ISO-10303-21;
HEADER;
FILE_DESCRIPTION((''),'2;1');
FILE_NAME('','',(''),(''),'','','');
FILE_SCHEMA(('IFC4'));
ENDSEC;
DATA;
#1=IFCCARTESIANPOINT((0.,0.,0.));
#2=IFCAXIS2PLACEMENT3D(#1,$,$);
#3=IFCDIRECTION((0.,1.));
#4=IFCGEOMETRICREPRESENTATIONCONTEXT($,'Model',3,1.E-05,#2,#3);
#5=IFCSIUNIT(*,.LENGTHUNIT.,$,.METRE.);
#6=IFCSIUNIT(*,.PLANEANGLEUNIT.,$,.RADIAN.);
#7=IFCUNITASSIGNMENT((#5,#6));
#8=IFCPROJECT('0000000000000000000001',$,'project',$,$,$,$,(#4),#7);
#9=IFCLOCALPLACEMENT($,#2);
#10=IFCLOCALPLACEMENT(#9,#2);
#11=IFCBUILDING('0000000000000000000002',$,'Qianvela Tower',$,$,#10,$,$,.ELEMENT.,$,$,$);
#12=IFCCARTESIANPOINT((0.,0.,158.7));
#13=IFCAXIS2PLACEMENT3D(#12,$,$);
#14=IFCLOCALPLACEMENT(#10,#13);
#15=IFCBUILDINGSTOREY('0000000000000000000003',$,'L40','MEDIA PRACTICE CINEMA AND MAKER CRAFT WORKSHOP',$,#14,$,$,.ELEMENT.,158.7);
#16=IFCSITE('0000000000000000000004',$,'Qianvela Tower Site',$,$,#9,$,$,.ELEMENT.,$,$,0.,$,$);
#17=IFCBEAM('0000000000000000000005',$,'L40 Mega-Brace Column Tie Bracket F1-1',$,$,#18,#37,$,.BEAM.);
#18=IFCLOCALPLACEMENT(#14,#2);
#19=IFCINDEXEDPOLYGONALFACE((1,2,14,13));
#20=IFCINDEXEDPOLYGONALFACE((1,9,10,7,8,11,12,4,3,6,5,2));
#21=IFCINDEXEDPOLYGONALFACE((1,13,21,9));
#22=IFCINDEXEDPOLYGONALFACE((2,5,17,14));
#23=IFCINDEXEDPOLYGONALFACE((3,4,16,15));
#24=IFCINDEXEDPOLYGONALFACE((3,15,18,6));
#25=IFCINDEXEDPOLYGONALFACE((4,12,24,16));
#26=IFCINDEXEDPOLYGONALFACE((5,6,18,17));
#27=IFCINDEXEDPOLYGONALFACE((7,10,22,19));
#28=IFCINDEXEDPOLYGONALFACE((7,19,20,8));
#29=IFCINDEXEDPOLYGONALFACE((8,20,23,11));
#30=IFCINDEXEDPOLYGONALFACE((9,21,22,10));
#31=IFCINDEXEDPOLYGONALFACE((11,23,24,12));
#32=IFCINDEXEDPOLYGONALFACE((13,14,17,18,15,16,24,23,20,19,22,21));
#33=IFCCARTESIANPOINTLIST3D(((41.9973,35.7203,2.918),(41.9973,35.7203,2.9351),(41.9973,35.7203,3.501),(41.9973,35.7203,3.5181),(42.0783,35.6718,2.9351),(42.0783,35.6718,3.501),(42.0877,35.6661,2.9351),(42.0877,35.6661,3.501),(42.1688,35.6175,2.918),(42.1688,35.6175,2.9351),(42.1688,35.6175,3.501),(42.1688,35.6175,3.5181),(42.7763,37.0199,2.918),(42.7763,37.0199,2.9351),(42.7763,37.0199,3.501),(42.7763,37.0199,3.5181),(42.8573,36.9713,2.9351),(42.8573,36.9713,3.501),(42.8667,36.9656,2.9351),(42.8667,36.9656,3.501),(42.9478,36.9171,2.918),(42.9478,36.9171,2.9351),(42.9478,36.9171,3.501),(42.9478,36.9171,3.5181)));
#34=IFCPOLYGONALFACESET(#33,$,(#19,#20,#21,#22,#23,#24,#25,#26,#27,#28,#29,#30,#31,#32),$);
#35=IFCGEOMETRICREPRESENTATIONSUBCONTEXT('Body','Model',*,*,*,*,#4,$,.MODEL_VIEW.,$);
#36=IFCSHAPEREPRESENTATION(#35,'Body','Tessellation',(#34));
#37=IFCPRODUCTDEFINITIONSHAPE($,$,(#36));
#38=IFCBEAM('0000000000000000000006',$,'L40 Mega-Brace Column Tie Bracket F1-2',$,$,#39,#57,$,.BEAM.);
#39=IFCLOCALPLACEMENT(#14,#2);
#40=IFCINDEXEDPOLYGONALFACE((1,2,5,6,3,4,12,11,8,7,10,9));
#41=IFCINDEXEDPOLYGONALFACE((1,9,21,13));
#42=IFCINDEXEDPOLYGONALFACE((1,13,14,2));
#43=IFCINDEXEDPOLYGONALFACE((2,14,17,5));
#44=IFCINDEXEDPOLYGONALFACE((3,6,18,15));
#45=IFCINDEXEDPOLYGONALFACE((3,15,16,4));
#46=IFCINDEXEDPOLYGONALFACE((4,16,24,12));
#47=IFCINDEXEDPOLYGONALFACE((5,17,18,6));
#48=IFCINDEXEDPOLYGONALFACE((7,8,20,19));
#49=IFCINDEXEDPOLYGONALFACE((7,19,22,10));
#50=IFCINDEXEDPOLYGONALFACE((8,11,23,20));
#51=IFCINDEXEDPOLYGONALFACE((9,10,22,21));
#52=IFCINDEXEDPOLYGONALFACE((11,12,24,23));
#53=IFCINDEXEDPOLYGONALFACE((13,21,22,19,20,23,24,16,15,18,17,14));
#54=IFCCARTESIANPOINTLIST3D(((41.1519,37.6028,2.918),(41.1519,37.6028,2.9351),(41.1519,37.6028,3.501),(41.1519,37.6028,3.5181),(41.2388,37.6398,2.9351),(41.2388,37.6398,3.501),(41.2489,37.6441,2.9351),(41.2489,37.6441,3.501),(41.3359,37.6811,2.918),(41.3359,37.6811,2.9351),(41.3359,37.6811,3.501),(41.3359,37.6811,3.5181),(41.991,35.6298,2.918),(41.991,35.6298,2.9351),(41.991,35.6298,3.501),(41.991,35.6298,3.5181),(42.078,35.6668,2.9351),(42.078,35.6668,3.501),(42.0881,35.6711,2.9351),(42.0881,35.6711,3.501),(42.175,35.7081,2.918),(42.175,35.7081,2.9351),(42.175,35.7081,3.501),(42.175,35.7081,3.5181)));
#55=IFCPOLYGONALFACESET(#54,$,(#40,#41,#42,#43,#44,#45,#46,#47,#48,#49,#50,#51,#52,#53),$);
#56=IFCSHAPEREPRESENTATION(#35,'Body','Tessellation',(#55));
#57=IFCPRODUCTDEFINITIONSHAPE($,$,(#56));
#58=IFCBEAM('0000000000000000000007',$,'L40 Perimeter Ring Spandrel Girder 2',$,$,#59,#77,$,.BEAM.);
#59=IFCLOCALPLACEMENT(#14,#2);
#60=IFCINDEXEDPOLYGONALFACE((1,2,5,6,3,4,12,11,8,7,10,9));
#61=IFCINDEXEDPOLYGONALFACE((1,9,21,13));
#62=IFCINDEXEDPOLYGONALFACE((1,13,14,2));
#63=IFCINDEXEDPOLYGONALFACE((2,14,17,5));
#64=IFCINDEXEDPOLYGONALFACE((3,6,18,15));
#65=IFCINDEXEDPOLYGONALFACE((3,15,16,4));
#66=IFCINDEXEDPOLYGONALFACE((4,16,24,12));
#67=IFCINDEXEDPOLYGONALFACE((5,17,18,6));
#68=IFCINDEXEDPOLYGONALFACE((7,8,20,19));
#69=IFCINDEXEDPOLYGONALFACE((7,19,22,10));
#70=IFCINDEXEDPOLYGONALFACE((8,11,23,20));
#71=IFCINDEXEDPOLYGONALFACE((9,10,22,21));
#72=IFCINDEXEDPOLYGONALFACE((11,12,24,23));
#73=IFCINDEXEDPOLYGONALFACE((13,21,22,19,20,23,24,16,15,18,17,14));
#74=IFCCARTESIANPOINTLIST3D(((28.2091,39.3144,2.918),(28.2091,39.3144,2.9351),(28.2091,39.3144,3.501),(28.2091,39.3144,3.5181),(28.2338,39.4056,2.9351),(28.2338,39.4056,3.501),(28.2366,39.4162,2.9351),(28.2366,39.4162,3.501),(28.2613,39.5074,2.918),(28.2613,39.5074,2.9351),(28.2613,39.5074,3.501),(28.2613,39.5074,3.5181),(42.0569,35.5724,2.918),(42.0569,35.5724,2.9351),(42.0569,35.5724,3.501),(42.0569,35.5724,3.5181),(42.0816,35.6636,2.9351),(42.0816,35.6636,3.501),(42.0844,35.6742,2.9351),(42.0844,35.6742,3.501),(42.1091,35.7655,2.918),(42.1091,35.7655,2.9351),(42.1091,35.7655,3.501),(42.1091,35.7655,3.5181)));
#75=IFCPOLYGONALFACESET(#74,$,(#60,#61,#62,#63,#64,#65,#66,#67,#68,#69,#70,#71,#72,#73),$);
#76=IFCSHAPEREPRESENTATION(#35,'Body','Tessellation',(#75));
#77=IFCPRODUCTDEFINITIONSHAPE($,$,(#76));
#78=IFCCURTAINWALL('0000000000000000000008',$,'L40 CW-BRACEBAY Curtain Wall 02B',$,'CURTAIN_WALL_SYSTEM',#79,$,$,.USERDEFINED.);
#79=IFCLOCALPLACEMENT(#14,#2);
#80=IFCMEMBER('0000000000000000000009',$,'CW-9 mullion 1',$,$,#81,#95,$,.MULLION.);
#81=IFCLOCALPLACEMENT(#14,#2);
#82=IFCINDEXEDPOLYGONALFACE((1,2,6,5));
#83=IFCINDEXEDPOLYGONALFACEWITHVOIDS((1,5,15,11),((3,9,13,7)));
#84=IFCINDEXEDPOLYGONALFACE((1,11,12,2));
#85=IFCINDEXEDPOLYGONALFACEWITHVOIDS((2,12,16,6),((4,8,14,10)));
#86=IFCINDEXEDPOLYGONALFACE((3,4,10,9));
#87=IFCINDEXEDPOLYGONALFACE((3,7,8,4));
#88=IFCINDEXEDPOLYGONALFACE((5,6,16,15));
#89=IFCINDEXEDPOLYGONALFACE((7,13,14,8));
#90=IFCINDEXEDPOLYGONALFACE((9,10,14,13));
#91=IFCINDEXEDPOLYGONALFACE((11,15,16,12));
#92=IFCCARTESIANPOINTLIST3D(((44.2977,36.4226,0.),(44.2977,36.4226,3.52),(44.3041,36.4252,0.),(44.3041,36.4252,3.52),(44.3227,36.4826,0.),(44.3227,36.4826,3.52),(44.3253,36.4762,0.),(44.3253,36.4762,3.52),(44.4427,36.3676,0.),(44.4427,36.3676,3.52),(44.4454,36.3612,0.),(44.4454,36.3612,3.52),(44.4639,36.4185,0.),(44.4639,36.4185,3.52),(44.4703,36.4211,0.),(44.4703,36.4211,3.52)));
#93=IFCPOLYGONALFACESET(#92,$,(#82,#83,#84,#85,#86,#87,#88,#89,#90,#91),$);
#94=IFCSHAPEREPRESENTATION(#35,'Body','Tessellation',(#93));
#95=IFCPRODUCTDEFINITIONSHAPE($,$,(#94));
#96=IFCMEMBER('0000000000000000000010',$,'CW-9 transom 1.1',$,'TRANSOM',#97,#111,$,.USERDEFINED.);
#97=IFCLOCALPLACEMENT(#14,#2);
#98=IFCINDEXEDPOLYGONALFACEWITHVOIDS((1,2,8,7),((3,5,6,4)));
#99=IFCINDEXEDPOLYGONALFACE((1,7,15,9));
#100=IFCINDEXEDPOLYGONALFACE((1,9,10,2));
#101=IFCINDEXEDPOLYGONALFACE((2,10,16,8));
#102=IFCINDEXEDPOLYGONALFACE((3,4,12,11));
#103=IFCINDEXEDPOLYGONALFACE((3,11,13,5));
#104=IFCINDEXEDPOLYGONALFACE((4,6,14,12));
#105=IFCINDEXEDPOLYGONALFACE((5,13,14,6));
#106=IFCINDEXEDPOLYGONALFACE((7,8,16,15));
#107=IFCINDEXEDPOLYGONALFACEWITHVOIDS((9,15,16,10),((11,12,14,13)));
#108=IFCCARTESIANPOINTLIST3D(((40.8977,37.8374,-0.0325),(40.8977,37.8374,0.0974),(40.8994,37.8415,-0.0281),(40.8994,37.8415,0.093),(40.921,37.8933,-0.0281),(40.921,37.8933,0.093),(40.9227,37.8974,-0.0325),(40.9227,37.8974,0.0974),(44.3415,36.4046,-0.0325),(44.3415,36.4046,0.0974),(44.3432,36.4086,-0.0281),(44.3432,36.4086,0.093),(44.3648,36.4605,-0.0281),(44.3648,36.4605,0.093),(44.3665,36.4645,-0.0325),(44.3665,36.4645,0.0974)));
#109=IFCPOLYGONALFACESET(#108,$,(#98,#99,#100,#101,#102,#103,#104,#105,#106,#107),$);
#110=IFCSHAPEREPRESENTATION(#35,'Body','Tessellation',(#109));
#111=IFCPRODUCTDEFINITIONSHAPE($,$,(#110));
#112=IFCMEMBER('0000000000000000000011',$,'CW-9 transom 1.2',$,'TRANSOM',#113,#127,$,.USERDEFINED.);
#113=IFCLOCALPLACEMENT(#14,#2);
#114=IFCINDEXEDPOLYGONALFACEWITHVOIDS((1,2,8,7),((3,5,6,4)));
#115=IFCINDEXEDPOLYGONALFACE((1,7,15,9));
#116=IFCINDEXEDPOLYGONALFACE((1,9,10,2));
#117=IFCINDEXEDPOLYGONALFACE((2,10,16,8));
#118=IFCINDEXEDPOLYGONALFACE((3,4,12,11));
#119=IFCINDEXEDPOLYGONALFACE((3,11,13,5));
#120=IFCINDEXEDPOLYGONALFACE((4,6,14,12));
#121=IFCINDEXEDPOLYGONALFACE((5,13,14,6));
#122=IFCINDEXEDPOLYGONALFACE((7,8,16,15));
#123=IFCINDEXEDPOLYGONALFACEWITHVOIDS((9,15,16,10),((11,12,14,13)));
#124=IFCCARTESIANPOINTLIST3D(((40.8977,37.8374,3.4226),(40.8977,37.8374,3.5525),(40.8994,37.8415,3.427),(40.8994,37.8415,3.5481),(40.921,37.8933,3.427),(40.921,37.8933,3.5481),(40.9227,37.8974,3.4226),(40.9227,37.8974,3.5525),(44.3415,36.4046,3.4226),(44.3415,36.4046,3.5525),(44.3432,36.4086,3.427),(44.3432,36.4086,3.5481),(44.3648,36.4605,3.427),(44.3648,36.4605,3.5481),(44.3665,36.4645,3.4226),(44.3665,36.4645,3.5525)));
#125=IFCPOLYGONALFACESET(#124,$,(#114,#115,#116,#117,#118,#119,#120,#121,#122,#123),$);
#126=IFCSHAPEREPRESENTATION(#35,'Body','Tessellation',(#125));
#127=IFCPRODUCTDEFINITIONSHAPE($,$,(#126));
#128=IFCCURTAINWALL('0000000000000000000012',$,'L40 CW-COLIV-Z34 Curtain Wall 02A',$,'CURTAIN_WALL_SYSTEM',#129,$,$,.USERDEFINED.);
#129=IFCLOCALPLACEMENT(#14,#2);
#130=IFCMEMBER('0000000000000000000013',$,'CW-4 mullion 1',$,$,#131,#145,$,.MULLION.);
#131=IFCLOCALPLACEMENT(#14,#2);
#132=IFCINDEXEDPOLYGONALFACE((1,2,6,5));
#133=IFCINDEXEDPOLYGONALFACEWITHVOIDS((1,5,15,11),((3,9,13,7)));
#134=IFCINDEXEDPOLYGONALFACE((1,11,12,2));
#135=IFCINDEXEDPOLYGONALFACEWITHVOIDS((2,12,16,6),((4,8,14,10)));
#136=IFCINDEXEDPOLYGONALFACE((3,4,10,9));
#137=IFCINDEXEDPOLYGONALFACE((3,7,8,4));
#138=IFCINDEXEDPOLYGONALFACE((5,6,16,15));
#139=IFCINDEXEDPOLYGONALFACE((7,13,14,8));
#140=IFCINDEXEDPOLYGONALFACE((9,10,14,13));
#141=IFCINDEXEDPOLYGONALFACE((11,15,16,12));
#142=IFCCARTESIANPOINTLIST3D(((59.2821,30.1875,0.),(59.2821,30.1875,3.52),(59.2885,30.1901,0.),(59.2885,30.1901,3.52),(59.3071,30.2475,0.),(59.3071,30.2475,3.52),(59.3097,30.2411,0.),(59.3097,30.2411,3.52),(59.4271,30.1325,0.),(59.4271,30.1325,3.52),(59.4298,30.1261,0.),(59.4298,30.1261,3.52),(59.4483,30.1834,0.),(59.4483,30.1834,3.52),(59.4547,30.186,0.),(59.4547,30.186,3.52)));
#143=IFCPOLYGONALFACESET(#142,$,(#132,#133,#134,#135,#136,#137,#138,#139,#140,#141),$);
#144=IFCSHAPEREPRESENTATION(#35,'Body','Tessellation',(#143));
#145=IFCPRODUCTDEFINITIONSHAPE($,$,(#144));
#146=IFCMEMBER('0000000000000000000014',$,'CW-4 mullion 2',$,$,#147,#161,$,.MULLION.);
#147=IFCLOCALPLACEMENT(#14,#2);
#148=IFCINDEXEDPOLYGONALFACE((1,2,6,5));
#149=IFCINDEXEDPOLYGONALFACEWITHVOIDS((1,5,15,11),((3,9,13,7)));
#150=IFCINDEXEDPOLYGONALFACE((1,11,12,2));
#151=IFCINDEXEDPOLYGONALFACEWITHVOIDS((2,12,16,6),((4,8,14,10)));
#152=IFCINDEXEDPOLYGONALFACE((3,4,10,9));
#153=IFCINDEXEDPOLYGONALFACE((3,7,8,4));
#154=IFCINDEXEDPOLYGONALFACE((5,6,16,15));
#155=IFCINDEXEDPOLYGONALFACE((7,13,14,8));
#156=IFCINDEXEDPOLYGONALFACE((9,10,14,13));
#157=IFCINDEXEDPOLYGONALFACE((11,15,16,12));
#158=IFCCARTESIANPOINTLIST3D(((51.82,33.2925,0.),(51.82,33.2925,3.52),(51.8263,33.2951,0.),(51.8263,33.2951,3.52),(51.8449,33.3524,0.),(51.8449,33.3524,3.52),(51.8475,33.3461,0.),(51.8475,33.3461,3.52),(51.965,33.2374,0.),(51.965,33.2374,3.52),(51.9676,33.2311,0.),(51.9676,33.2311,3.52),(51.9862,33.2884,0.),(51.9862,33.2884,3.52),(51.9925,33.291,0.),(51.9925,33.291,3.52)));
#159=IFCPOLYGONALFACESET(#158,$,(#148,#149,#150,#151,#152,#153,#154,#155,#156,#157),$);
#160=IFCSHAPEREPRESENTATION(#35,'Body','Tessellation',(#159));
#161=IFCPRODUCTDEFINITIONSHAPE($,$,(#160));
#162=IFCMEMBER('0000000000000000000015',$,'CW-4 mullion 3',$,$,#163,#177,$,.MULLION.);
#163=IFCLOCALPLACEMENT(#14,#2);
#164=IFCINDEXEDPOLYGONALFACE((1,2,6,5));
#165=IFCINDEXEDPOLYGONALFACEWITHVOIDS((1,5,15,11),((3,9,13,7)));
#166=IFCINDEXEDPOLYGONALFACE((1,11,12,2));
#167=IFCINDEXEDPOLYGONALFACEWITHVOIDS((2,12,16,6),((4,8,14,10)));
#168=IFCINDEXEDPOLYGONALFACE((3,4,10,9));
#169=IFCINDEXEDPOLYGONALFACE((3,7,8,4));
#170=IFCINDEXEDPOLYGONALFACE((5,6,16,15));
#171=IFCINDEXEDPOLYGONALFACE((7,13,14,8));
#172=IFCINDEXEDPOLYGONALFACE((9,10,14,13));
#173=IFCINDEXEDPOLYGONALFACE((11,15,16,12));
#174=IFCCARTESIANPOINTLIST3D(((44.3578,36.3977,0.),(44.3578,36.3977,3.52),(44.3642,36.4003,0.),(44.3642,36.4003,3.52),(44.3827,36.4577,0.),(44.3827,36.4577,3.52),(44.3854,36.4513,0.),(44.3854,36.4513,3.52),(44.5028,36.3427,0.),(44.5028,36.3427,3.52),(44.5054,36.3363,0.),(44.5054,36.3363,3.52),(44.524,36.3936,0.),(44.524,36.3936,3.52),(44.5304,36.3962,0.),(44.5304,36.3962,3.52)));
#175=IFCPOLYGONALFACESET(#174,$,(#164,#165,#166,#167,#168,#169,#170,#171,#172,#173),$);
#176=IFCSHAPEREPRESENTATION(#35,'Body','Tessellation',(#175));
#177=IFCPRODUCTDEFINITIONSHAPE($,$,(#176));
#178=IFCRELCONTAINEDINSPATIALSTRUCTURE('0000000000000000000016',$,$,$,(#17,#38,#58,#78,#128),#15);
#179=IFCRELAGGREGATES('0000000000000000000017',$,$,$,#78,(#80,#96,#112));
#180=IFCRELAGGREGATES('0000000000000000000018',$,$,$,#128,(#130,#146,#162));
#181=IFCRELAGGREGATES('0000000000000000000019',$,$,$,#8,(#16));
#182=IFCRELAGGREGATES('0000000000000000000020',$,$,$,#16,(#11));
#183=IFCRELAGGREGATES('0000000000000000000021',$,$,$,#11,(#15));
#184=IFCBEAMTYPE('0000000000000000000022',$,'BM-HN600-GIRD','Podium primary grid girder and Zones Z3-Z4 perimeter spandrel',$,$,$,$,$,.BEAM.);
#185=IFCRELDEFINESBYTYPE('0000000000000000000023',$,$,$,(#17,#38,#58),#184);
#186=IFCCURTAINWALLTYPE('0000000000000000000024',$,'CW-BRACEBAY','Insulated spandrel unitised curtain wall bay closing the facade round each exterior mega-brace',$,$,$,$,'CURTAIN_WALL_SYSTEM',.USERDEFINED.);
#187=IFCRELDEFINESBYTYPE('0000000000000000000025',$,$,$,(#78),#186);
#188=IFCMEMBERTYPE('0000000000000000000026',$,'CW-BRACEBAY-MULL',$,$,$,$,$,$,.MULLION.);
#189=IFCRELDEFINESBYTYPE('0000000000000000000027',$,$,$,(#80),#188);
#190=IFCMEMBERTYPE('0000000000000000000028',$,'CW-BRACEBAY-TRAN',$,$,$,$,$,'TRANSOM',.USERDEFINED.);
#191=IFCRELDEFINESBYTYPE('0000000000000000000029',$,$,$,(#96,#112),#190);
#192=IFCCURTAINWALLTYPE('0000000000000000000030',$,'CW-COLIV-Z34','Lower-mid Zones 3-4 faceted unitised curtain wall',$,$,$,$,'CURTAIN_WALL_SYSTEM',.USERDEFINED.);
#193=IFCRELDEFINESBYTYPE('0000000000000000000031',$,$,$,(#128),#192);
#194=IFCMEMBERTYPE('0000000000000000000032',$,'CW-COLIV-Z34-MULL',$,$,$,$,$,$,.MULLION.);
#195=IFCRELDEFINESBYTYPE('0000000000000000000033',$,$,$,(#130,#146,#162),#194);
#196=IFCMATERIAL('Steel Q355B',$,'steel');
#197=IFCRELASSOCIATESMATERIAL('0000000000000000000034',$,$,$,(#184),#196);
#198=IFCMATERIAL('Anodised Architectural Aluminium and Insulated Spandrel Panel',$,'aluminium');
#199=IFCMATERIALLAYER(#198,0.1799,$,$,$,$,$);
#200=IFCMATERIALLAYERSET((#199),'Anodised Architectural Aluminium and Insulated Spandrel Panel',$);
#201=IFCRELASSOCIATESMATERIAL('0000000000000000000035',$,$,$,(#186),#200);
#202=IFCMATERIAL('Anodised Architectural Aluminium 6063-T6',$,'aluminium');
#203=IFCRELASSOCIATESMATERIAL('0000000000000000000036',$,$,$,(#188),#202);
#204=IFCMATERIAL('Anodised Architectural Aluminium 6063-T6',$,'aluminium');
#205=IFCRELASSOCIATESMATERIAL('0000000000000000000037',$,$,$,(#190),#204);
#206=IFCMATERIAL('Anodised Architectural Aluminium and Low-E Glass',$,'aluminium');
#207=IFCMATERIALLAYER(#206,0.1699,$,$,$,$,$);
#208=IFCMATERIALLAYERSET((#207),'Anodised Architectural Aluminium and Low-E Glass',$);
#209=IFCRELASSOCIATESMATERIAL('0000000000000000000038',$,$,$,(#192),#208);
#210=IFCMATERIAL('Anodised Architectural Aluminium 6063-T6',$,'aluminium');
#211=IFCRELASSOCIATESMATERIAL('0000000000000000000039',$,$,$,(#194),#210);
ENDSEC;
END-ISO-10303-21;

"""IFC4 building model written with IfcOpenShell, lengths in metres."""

from ifc_helpers import new_model, si_unit, direction, frame, origin, origin_2d, place, context, subcontext, project, spatial, hollow_rectangle, i_section, extrude, material, layer, layer_set, material_profile, profile_set, type_object, element, aggregate, save


model = new_model("IFC4")

# Units and contexts
model_context = context("Model", 3, precision=1e-05, world=origin(), true_north=direction((0.0, 1.0)))
body_context = subcontext(model_context, "Body", "Model", "MODEL_VIEW")
ifc_project = project(units=[si_unit("LENGTHUNIT", "METRE"), si_unit("PLANEANGLEUNIT", "RADIAN")], contexts=[model_context])

# Site, building, storey
site_placement = place(None, origin())
site = spatial("IfcSite", under=ifc_project, at=site_placement, Name="Qianvela Tower Site", CompositionType="ELEMENT", RefElevation=0.0)
building_placement = place(site_placement, origin())
building = spatial("IfcBuilding", under=site, at=building_placement, Name="Qianvela Tower", CompositionType="ELEMENT")
storey_placement = place(building_placement, frame((0.0, 0.0, 158.7)))
storey = spatial("IfcBuildingStorey", under=building, at=storey_placement, Name="L40", Description="MEDIA PRACTICE CINEMA AND MAKER CRAFT WORKSHOP", CompositionType="ELEMENT", Elevation=158.7)

# Beams
ifc_material_1 = material(Name="Steel Q355B", Category="steel")
ifc_material_profile_1 = material_profile(ifc_material_1, i_section(OverallWidth=0.2, OverallDepth=0.6001, WebThickness=0.011, FlangeThickness=0.0171, at=origin_2d()), Name="HN600x200x11x17")
ifc_profile_set_1 = profile_set([ifc_material_profile_1], Name="Steel Q355B")
beam_type = type_object("IfcBeamType", Name="BM-HN600-GIRD", Description="Podium primary grid girder and Zones Z3-Z4 perimeter spandrel", PredefinedType="BEAM", material=ifc_profile_set_1)
beam_1_placement = place(storey_placement, frame((42.083, 35.6689, 3.218), z_axis=(0.514164, 0.857692, 0.0), x_axis=(-0.857692, 0.514164, 0.0)))
element("IfcBeam", 1, at=beam_1_placement, inside=storey, type_object=beam_type, Name="L40 Mega-Brace Column Tie Bracket F1-1", PredefinedType="BEAM", context=body_context, shape_type="SweptSolid", body=[
    extrude(i_section(OverallWidth=0.2, OverallDepth=0.6001, WebThickness=0.011, FlangeThickness=0.0171, at=origin_2d()), origin(), (0.0, 0.0, 1.0), 1.5151),
])
beam_2_placement = place(storey_placement, frame((42.083, 35.6689, 3.218), z_axis=(-0.391389, 0.920225, 0.0), x_axis=(-0.920225, -0.391389, 0.0)))
element("IfcBeam", 2, at=beam_2_placement, inside=storey, type_object=beam_type, Name="L40 Mega-Brace Column Tie Bracket F1-2", PredefinedType="BEAM", context=body_context, shape_type="SweptSolid", body=[
    extrude(i_section(OverallWidth=0.2, OverallDepth=0.6001, WebThickness=0.011, FlangeThickness=0.0171, at=origin_2d()), origin(), (0.0, 0.0, 1.0), 2.144),
])
beam_3_placement = place(storey_placement, frame((42.083, 35.6689, 3.218), z_axis=(-0.965376, 0.260861, 0.0), x_axis=(-0.260861, -0.965376, 0.0)))
element("IfcBeam", 3, at=beam_3_placement, inside=storey, type_object=beam_type, Name="L40 Perimeter Ring Spandrel Girder 2", PredefinedType="BEAM", context=body_context, shape_type="SweptSolid", body=[
    extrude(i_section(OverallWidth=0.2, OverallDepth=0.6001, WebThickness=0.011, FlangeThickness=0.0171, at=origin_2d()), origin(), (0.0, 0.0, 1.0), 14.3445),
])

# Curtain walls, members
ifc_material_2 = material(Name="Anodised Architectural Aluminium and Insulated Spandrel Panel", Category="aluminium")
ifc_layer_1 = layer(ifc_material_2, 0.1799)
ifc_layer_set_1 = layer_set([ifc_layer_1], Name="Anodised Architectural Aluminium and Insulated Spandrel Panel")
curtain_wall_type_1 = type_object("IfcCurtainWallType", Name="CW-BRACEBAY", Description="Insulated spandrel unitised curtain wall bay closing the facade round each exterior mega-brace", ElementType="CURTAIN_WALL_SYSTEM", PredefinedType="USERDEFINED", material=ifc_layer_set_1)
curtain_wall_1_placement = place(storey_placement, origin())
curtain_wall_1 = element("IfcCurtainWall", 4, at=curtain_wall_1_placement, inside=storey, type_object=curtain_wall_type_1, Name="L40 CW-BRACEBAY Curtain Wall 02B", ObjectType="CURTAIN_WALL_SYSTEM", PredefinedType="USERDEFINED")
ifc_material_3 = material(Name="Anodised Architectural Aluminium 6063-T6", Category="aluminium")
ifc_material_profile_2 = material_profile(ifc_material_3, hollow_rectangle(XDim=0.0649, YDim=0.1599, WallThickness=0.0049, at=origin_2d()), Name="ALU-MULL-65x160")
ifc_profile_set_2 = profile_set([ifc_material_profile_2], Name="Anodised Architectural Aluminium 6063-T6")
member_type_1 = type_object("IfcMemberType", Name="CW-BRACEBAY-MULL", PredefinedType="MULLION", material=ifc_profile_set_2)
member_1_placement = place(storey_placement, frame((44.384, 36.4219, 0.0), z_axis=(0.0, 0.0, 1.0), x_axis=(-0.384192, -0.923253, 0.0)))
member_1 = element("IfcMember", 5, at=member_1_placement, type_object=member_type_1, Name="CW-9 mullion 1", PredefinedType="MULLION", context=body_context, shape_type="SweptSolid", body=[
    extrude(hollow_rectangle(XDim=0.0649, YDim=0.1599, WallThickness=0.0049, at=origin_2d()), origin(), (0.0, 0.0, 1.0), 3.52),
])
ifc_material_4 = material(Name="Anodised Architectural Aluminium 6063-T6", Category="aluminium")
ifc_material_profile_3 = material_profile(ifc_material_4, hollow_rectangle(XDim=0.0649, YDim=0.1299, WallThickness=0.0044, at=origin_2d()), Name="ALU-TRAN-65x130")
ifc_profile_set_3 = profile_set([ifc_material_profile_3], Name="Anodised Architectural Aluminium 6063-T6")
member_type_2 = type_object("IfcMemberType", Name="CW-BRACEBAY-TRAN", ElementType="TRANSOM", PredefinedType="USERDEFINED", material=ifc_profile_set_3)
member_2_placement = place(storey_placement, frame((44.354, 36.4346, 0.0325), z_axis=(-0.923274, 0.384141, 0.0), x_axis=(-0.384141, -0.923274, 0.0)))
member_2 = element("IfcMember", 6, at=member_2_placement, type_object=member_type_2, Name="CW-9 transom 1.1", ObjectType="TRANSOM", PredefinedType="USERDEFINED", context=body_context, shape_type="SweptSolid", body=[
    extrude(hollow_rectangle(XDim=0.0649, YDim=0.1299, WallThickness=0.0044, at=origin_2d()), origin(), (0.0, 0.0, 1.0), 3.73),
])
member_3_placement = place(storey_placement, frame((44.354, 36.4346, 3.4875), z_axis=(-0.923274, 0.384141, 0.0), x_axis=(-0.384141, -0.923274, 0.0)))
member_3 = element("IfcMember", 7, at=member_3_placement, type_object=member_type_2, Name="CW-9 transom 1.2", ObjectType="TRANSOM", PredefinedType="USERDEFINED", context=body_context, shape_type="SweptSolid", body=[
    extrude(hollow_rectangle(XDim=0.0649, YDim=0.1299, WallThickness=0.0044, at=origin_2d()), origin(), (0.0, 0.0, 1.0), 3.73),
])
ifc_material_5 = material(Name="Anodised Architectural Aluminium and Low-E Glass", Category="aluminium")
ifc_layer_2 = layer(ifc_material_5, 0.1699)
ifc_layer_set_2 = layer_set([ifc_layer_2], Name="Anodised Architectural Aluminium and Low-E Glass")
curtain_wall_type_2 = type_object("IfcCurtainWallType", Name="CW-COLIV-Z34", Description="Lower-mid Zones 3-4 faceted unitised curtain wall", ElementType="CURTAIN_WALL_SYSTEM", PredefinedType="USERDEFINED", material=ifc_layer_set_2)
curtain_wall_2_placement = place(storey_placement, origin())
curtain_wall_2 = element("IfcCurtainWall", 8, at=curtain_wall_2_placement, inside=storey, type_object=curtain_wall_type_2, Name="L40 CW-COLIV-Z34 Curtain Wall 02A", ObjectType="CURTAIN_WALL_SYSTEM", PredefinedType="USERDEFINED")
ifc_material_6 = material(Name="Anodised Architectural Aluminium 6063-T6", Category="aluminium")
ifc_material_profile_4 = material_profile(ifc_material_6, hollow_rectangle(XDim=0.0649, YDim=0.1599, WallThickness=0.0049, at=origin_2d()), Name="ALU-MULL-65x160")
ifc_profile_set_4 = profile_set([ifc_material_profile_4], Name="Anodised Architectural Aluminium 6063-T6")
member_type_3 = type_object("IfcMemberType", Name="CW-COLIV-Z34-MULL", PredefinedType="MULLION", material=ifc_profile_set_4)
member_4_placement = place(storey_placement, frame((59.3684, 30.1868, 0.0), z_axis=(0.0, 0.0, 1.0), x_axis=(-0.384185, -0.923256, 0.0)))
member_4 = element("IfcMember", 9, at=member_4_placement, type_object=member_type_3, Name="CW-4 mullion 1", PredefinedType="MULLION", context=body_context, shape_type="SweptSolid", body=[
    extrude(hollow_rectangle(XDim=0.0649, YDim=0.1599, WallThickness=0.0049, at=origin_2d()), origin(), (0.0, 0.0, 1.0), 3.52),
])
member_5_placement = place(storey_placement, frame((51.9062, 33.2917, 0.0), z_axis=(0.0, 0.0, 1.0), x_axis=(-0.384185, -0.923256, 0.0)))
member_5 = element("IfcMember", 10, at=member_5_placement, type_object=member_type_3, Name="CW-4 mullion 2", PredefinedType="MULLION", context=body_context, shape_type="SweptSolid", body=[
    extrude(hollow_rectangle(XDim=0.0649, YDim=0.1599, WallThickness=0.0049, at=origin_2d()), origin(), (0.0, 0.0, 1.0), 3.52),
])
member_6_placement = place(storey_placement, frame((44.4441, 36.397, 0.0), z_axis=(0.0, 0.0, 1.0), x_axis=(-0.384185, -0.923256, 0.0)))
member_6 = element("IfcMember", 11, at=member_6_placement, type_object=member_type_3, Name="CW-4 mullion 3", PredefinedType="MULLION", context=body_context, shape_type="SweptSolid", body=[
    extrude(hollow_rectangle(XDim=0.0649, YDim=0.1599, WallThickness=0.0049, at=origin_2d()), origin(), (0.0, 0.0, 1.0), 3.52),
])

aggregate(curtain_wall_1, [member_1, member_2, member_3])
aggregate(curtain_wall_2, [member_4, member_5, member_6])

save(model, "model.ifc")
